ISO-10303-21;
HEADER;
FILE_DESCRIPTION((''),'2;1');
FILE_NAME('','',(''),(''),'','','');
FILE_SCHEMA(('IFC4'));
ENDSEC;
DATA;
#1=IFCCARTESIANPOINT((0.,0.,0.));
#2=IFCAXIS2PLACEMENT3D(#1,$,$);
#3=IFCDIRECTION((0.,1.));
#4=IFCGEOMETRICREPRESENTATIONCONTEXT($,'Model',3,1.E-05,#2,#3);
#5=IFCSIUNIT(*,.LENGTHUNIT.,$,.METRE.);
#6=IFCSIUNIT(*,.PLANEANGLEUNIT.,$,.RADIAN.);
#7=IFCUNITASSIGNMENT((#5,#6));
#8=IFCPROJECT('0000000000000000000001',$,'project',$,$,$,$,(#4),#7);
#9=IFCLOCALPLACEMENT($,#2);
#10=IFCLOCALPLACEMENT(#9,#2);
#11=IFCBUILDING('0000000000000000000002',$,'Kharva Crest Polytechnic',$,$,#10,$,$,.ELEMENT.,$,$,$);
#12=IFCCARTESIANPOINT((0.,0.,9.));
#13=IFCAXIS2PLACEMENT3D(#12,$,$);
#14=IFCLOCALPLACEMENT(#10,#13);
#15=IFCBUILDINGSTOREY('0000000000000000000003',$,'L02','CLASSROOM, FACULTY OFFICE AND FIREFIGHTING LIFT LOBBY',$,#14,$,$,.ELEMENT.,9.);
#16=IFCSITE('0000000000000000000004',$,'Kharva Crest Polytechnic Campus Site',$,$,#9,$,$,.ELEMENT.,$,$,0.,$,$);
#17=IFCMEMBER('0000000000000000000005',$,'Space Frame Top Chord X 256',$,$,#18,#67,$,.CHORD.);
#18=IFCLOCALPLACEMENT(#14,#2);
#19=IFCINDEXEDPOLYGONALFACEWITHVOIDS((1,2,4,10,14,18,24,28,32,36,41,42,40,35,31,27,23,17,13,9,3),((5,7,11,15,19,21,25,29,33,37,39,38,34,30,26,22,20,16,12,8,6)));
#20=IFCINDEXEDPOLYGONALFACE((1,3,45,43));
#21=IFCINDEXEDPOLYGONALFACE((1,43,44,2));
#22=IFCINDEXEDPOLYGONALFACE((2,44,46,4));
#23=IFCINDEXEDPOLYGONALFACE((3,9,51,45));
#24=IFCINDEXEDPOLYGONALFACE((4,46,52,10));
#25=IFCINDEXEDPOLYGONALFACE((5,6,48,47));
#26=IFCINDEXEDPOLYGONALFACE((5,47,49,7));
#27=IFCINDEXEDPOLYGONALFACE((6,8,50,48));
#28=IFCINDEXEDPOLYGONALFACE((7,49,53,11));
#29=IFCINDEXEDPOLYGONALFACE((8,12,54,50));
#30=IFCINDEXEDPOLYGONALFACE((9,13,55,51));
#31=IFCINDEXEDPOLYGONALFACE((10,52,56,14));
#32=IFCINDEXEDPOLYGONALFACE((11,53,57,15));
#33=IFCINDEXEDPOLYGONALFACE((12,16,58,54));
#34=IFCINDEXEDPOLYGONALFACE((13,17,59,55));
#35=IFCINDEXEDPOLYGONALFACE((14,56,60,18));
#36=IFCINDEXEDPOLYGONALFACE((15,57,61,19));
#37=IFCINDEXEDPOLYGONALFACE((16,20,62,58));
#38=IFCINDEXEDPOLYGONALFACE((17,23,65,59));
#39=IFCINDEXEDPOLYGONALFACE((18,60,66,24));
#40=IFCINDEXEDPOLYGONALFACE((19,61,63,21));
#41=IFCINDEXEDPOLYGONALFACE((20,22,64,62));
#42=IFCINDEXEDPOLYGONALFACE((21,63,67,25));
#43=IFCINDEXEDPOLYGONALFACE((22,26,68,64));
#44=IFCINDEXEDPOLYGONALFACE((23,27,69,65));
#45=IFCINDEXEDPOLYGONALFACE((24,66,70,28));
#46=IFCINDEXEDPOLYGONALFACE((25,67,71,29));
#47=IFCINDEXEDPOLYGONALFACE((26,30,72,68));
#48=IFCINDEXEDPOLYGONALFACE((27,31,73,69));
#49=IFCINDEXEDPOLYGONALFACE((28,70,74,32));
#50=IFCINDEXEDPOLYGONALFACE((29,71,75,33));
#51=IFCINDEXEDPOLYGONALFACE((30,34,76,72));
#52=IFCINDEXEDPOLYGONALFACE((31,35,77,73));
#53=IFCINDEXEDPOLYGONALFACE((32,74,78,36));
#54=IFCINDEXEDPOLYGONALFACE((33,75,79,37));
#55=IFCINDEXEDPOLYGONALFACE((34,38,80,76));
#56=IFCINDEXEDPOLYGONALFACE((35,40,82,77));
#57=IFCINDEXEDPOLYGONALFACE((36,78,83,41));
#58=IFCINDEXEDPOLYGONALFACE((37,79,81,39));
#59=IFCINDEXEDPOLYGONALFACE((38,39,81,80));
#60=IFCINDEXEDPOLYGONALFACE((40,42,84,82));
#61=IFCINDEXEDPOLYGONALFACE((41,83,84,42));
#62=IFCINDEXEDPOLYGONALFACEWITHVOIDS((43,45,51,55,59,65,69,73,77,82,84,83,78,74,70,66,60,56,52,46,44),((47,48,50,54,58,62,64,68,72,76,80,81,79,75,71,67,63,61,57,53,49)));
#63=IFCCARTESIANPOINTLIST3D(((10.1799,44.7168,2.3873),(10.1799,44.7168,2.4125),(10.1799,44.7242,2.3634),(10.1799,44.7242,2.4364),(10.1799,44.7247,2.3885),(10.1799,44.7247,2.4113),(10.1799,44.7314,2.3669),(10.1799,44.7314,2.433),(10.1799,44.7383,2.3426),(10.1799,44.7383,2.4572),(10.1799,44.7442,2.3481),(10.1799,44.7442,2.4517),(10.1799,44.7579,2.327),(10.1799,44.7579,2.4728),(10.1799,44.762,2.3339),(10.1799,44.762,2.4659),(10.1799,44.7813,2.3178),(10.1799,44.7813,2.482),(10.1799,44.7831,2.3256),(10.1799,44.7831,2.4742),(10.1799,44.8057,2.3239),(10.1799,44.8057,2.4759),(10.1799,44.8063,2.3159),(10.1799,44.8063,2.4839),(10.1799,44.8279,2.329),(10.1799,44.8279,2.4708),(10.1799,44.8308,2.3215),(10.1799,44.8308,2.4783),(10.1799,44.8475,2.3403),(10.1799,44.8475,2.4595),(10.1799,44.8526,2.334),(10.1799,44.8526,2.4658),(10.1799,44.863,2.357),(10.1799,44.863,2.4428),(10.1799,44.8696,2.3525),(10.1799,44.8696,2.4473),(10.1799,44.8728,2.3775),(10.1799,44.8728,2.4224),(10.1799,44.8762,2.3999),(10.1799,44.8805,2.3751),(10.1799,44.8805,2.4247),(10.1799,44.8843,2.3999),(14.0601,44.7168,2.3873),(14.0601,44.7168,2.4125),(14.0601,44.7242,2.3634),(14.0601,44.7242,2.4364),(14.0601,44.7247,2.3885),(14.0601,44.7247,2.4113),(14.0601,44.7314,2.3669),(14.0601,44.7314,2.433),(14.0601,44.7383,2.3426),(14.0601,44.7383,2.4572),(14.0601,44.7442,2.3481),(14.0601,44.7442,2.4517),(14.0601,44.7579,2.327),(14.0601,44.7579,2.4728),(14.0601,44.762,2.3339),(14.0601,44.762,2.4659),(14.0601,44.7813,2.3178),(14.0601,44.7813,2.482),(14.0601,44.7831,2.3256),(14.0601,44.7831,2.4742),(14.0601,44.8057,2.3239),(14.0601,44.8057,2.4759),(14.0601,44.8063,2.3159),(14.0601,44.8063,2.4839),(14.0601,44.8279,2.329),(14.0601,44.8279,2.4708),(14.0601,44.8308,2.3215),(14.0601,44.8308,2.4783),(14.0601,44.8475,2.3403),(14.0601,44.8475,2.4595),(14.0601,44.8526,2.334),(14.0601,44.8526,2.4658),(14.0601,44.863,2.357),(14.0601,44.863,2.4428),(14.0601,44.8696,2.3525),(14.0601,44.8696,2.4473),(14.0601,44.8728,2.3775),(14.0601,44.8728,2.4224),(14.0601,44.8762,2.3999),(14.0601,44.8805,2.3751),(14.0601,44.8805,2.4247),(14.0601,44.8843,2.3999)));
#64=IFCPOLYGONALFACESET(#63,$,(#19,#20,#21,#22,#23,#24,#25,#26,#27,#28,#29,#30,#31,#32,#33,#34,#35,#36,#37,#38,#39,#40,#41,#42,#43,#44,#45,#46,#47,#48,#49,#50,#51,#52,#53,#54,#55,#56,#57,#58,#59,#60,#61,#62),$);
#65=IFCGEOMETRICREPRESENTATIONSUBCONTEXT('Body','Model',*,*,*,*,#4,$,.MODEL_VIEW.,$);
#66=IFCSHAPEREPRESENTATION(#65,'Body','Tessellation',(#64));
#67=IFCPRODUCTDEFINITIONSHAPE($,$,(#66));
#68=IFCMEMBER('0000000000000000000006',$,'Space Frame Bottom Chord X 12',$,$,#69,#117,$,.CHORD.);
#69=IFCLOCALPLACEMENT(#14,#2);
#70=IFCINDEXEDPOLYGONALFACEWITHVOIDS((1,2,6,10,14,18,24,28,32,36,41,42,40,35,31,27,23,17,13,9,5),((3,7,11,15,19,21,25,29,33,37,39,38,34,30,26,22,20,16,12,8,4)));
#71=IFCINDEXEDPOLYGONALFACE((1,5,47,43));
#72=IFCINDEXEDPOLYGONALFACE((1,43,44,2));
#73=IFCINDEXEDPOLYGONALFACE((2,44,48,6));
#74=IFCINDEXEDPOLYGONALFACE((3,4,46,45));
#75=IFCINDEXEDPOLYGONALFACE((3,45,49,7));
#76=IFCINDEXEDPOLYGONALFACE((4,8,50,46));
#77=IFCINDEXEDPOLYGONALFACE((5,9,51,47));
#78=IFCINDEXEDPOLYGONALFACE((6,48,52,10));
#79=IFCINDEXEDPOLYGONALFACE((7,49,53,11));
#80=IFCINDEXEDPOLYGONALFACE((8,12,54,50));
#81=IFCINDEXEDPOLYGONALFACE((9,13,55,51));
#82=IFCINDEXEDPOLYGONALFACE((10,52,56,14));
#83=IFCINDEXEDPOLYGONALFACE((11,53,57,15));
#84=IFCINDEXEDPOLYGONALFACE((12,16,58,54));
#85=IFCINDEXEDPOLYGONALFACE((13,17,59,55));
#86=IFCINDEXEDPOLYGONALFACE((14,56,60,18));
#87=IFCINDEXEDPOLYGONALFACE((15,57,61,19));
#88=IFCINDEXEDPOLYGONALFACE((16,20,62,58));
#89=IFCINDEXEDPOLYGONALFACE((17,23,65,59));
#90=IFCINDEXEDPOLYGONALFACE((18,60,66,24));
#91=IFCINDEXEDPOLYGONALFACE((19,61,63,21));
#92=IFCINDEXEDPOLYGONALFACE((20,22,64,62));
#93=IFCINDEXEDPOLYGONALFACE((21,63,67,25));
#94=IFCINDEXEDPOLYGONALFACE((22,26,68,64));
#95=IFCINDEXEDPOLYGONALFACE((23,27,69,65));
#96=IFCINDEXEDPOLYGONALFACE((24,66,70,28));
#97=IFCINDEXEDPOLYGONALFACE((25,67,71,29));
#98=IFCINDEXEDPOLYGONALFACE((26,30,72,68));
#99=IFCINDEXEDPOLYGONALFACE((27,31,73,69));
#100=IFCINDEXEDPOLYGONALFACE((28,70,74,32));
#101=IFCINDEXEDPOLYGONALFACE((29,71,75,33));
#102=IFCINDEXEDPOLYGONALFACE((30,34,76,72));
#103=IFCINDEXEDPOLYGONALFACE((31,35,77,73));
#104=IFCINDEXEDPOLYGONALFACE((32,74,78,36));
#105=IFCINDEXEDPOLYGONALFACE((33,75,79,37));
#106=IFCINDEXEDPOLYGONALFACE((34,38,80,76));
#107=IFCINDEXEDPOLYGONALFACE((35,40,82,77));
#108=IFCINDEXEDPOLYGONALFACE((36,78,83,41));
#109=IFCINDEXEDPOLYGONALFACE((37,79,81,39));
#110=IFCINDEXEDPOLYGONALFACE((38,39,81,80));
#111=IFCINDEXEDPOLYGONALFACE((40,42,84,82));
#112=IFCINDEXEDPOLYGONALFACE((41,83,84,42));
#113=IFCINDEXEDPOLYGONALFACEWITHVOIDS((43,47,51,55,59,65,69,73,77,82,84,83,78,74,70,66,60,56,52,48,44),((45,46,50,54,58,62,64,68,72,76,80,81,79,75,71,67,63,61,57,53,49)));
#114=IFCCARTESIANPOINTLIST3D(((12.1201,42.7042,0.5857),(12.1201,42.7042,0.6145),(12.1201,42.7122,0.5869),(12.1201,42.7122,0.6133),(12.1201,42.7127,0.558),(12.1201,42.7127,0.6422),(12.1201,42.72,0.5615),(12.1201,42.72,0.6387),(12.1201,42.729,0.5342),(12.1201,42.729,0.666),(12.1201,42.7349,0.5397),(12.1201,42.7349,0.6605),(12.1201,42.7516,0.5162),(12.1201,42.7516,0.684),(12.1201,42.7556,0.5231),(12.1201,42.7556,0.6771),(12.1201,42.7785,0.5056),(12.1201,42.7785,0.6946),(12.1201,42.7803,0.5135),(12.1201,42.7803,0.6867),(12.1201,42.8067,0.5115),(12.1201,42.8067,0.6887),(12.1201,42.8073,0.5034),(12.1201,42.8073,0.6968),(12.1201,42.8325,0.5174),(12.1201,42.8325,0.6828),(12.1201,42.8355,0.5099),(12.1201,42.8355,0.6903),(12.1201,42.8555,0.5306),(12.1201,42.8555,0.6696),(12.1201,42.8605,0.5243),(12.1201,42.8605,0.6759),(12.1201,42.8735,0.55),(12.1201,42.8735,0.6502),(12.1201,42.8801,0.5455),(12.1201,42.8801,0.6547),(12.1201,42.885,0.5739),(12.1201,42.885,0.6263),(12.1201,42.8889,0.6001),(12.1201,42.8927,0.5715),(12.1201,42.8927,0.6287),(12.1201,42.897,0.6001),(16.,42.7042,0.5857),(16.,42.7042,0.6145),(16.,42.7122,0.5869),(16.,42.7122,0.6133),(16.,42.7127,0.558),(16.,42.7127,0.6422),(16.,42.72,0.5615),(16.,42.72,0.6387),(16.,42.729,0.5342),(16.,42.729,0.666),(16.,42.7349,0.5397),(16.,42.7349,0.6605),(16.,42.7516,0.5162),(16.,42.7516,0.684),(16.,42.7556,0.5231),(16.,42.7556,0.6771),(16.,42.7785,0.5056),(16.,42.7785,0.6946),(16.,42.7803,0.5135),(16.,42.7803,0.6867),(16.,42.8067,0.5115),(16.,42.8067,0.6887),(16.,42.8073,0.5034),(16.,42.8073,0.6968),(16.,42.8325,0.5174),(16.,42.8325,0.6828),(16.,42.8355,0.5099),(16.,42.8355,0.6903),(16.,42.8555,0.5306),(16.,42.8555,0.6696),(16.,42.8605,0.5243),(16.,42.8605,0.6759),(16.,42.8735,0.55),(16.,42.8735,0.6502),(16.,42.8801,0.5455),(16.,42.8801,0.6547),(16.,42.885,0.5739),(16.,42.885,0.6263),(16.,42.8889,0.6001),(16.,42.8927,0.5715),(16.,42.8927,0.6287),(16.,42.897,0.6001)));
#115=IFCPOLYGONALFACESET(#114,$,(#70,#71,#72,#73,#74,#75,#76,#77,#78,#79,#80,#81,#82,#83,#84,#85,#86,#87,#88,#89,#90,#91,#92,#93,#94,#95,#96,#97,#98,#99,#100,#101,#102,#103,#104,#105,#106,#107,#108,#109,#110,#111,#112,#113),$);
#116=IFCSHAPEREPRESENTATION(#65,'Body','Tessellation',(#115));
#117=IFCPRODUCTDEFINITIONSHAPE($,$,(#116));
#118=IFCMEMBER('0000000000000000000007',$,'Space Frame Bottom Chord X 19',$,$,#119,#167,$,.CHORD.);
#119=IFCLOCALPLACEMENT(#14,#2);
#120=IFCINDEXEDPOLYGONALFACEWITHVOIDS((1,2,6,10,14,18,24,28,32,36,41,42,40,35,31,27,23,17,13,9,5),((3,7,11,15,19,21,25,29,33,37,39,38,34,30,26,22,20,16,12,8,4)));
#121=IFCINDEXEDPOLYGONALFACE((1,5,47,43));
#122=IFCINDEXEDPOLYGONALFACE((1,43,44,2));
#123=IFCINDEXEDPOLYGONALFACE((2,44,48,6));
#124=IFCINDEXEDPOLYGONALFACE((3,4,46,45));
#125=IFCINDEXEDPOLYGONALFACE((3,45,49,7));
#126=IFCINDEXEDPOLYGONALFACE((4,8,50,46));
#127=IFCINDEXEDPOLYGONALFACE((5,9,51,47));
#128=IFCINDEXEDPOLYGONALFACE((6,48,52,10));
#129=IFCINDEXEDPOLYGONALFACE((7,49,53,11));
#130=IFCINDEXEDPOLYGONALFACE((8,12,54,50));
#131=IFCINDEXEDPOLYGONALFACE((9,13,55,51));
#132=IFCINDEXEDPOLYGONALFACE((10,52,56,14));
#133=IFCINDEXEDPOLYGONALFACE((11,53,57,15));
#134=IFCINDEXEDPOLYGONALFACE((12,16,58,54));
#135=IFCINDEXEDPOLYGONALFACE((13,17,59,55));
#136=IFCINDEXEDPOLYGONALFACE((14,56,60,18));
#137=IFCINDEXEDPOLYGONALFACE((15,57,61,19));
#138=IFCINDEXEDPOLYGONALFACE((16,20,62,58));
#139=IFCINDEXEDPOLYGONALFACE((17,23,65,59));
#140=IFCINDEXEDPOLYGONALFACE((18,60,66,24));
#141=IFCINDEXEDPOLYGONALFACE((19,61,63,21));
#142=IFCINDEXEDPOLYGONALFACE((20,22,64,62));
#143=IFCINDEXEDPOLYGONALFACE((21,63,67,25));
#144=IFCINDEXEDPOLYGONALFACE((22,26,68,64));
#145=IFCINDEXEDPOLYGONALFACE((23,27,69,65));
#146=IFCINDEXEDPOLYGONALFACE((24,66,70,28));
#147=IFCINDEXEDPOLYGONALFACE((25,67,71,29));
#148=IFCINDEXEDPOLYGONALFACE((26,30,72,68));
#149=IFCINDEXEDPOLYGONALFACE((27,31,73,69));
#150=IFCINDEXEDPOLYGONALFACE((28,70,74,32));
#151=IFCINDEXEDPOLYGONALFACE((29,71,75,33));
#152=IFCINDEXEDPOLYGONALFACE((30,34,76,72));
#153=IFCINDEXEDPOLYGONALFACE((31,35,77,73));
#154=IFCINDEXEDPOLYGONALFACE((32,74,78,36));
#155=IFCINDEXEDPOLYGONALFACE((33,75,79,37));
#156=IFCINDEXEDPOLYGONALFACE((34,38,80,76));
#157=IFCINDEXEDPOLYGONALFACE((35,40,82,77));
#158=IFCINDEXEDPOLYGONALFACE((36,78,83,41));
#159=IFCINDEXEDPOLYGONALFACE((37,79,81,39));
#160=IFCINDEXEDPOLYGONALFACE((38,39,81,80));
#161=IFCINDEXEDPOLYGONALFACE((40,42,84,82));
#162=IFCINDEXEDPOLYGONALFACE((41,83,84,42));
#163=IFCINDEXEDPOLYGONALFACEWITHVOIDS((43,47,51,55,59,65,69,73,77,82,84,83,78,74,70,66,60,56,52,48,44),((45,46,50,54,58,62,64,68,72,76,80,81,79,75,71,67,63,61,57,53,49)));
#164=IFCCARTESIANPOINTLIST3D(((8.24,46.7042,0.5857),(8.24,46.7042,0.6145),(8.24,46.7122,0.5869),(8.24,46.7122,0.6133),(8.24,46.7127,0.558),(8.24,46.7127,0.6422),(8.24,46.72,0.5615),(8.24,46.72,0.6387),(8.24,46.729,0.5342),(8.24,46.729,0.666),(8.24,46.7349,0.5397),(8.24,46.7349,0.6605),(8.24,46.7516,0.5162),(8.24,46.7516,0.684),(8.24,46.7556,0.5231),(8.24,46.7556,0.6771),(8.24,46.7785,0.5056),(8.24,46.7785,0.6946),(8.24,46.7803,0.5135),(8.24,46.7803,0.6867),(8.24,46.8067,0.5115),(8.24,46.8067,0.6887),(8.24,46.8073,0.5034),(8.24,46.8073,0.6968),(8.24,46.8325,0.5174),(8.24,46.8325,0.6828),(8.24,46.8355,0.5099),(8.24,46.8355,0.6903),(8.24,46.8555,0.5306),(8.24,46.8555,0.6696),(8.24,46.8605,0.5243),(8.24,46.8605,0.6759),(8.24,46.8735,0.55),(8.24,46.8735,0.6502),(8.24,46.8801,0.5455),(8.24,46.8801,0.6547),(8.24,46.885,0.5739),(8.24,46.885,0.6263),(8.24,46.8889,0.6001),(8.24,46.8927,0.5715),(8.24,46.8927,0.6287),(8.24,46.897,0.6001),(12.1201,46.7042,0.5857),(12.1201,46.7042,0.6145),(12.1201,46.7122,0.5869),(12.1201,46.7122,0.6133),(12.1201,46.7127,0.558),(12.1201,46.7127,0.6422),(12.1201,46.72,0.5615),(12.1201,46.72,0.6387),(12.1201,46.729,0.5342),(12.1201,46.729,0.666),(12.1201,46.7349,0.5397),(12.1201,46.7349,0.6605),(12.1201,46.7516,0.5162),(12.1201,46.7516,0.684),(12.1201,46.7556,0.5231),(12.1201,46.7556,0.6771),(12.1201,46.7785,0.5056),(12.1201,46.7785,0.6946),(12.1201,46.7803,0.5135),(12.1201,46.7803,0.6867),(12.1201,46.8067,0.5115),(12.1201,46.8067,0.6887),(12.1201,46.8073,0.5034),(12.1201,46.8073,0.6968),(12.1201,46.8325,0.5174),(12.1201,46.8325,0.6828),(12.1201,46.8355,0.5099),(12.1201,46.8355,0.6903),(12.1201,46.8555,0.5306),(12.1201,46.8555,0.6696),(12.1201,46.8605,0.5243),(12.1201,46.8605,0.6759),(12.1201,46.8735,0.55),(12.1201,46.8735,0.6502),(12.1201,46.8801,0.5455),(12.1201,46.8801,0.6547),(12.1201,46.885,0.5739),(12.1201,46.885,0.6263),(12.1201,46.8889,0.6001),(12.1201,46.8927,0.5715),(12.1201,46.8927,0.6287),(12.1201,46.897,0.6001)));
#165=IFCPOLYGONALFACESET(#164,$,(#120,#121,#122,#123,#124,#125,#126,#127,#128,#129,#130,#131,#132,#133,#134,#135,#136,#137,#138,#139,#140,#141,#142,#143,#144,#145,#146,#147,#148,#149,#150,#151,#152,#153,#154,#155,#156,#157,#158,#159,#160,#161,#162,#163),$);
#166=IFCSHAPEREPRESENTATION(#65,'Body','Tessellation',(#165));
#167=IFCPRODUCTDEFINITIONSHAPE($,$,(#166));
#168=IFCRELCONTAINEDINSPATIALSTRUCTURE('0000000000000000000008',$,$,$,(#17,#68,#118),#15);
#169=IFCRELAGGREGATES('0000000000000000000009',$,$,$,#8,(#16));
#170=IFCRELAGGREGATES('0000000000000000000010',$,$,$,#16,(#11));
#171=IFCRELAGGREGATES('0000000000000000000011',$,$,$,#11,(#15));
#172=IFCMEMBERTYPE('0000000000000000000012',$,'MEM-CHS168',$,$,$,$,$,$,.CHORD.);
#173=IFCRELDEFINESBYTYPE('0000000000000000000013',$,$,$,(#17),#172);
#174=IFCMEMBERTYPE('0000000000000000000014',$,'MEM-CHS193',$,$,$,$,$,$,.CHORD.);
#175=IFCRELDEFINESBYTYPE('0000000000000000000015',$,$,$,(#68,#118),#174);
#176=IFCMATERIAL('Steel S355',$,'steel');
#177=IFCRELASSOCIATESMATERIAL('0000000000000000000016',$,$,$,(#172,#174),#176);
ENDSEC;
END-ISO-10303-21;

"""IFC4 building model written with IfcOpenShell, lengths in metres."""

from ifc_helpers import new_model, si_unit, direction, frame, origin, origin_2d, place, context, subcontext, project, spatial, hollow_circle, extrude, material, material_profile, profile_set, type_object, element, save


model = new_model("IFC4")

# Units and contexts
model_context = context("Model", 3, precision=1e-05, world=origin(), true_north=direction((0.0, 1.0)))
body_context = subcontext(model_context, "Body", "Model", "MODEL_VIEW")
ifc_project = project(units=[si_unit("LENGTHUNIT", "METRE"), si_unit("PLANEANGLEUNIT", "RADIAN")], contexts=[model_context])

# Site, building, storey
site_placement = place(None, origin())
site = spatial("IfcSite", under=ifc_project, at=site_placement, Name="Kharva Crest Polytechnic Campus Site", CompositionType="ELEMENT", RefElevation=0.0)
building_placement = place(site_placement, origin())
building = spatial("IfcBuilding", under=site, at=building_placement, Name="Kharva Crest Polytechnic", CompositionType="ELEMENT")
storey_placement = place(building_placement, frame((0.0, 0.0, 9.0)))
storey = spatial("IfcBuildingStorey", under=building, at=storey_placement, Name="L02", Description="CLASSROOM, FACULTY OFFICE AND FIREFIGHTING LIFT LOBBY", CompositionType="ELEMENT", Elevation=9.0)

# Shared definitions
ifc_material_1 = material(Name="Steel S355", Category="steel")

# Members
ifc_material_profile_1 = material_profile(ifc_material_1, hollow_circle(Radius=0.0842, WallThickness=0.0081, at=origin_2d()), Name="CHS 168.3X8.0")
ifc_profile_set_1 = profile_set([ifc_material_profile_1], Name="Steel S355")
member_type_1 = type_object("IfcMemberType", Name="MEM-CHS168", PredefinedType="CHORD", material=ifc_profile_set_1)
for number, where, z_axis, x_axis, name in (
    (1, (10.1799, 44.8, 2.3999), (1.0, 0.0, 0.0), (0.0, 1.0, 0.0), "Space Frame Top Chord X 256"),
):
    element("IfcMember", number, at=place(storey_placement, frame(where, z_axis=z_axis, x_axis=x_axis)), inside=storey, type_object=member_type_1, Name=name, PredefinedType="CHORD", context=body_context, shape_type="SweptSolid", body=[
        extrude(hollow_circle(Radius=0.0842, WallThickness=0.0081, at=origin_2d()), origin(), (0.0, 0.0, 1.0), 3.8801),
    ])
ifc_material_profile_2 = material_profile(ifc_material_1, hollow_circle(Radius=0.0969, WallThickness=0.0081, at=origin_2d()), Name="CHS 193.7X8.0")
ifc_profile_set_2 = profile_set([ifc_material_profile_2], Name="Steel S355")
member_type_2 = type_object("IfcMemberType", Name="MEM-CHS193", PredefinedType="CHORD", material=ifc_profile_set_2)
member_1_placement = place(storey_placement, frame((12.1201, 42.8, 0.6001), z_axis=(1.0, 0.0, 0.0), x_axis=(0.0, 1.0, 0.0)))
element("IfcMember", 2, at=member_1_placement, inside=storey, type_object=member_type_2, Name="Space Frame Bottom Chord X 12", PredefinedType="CHORD", context=body_context, shape_type="SweptSolid", body=[
    extrude(hollow_circle(Radius=0.0969, WallThickness=0.0081, at=origin_2d()), origin(), (0.0, 0.0, 1.0), 3.8799),
])
member_2_placement = place(storey_placement, frame((8.24, 46.8, 0.6001), z_axis=(1.0, 0.0, 0.0), x_axis=(0.0, 1.0, 0.0)))
element("IfcMember", 3, at=member_2_placement, inside=storey, type_object=member_type_2, Name="Space Frame Bottom Chord X 19", PredefinedType="CHORD", context=body_context, shape_type="SweptSolid", body=[
    extrude(hollow_circle(Radius=0.0969, WallThickness=0.0081, at=origin_2d()), origin(), (0.0, 0.0, 1.0), 3.8801),
])

save(model, "model.ifc")
